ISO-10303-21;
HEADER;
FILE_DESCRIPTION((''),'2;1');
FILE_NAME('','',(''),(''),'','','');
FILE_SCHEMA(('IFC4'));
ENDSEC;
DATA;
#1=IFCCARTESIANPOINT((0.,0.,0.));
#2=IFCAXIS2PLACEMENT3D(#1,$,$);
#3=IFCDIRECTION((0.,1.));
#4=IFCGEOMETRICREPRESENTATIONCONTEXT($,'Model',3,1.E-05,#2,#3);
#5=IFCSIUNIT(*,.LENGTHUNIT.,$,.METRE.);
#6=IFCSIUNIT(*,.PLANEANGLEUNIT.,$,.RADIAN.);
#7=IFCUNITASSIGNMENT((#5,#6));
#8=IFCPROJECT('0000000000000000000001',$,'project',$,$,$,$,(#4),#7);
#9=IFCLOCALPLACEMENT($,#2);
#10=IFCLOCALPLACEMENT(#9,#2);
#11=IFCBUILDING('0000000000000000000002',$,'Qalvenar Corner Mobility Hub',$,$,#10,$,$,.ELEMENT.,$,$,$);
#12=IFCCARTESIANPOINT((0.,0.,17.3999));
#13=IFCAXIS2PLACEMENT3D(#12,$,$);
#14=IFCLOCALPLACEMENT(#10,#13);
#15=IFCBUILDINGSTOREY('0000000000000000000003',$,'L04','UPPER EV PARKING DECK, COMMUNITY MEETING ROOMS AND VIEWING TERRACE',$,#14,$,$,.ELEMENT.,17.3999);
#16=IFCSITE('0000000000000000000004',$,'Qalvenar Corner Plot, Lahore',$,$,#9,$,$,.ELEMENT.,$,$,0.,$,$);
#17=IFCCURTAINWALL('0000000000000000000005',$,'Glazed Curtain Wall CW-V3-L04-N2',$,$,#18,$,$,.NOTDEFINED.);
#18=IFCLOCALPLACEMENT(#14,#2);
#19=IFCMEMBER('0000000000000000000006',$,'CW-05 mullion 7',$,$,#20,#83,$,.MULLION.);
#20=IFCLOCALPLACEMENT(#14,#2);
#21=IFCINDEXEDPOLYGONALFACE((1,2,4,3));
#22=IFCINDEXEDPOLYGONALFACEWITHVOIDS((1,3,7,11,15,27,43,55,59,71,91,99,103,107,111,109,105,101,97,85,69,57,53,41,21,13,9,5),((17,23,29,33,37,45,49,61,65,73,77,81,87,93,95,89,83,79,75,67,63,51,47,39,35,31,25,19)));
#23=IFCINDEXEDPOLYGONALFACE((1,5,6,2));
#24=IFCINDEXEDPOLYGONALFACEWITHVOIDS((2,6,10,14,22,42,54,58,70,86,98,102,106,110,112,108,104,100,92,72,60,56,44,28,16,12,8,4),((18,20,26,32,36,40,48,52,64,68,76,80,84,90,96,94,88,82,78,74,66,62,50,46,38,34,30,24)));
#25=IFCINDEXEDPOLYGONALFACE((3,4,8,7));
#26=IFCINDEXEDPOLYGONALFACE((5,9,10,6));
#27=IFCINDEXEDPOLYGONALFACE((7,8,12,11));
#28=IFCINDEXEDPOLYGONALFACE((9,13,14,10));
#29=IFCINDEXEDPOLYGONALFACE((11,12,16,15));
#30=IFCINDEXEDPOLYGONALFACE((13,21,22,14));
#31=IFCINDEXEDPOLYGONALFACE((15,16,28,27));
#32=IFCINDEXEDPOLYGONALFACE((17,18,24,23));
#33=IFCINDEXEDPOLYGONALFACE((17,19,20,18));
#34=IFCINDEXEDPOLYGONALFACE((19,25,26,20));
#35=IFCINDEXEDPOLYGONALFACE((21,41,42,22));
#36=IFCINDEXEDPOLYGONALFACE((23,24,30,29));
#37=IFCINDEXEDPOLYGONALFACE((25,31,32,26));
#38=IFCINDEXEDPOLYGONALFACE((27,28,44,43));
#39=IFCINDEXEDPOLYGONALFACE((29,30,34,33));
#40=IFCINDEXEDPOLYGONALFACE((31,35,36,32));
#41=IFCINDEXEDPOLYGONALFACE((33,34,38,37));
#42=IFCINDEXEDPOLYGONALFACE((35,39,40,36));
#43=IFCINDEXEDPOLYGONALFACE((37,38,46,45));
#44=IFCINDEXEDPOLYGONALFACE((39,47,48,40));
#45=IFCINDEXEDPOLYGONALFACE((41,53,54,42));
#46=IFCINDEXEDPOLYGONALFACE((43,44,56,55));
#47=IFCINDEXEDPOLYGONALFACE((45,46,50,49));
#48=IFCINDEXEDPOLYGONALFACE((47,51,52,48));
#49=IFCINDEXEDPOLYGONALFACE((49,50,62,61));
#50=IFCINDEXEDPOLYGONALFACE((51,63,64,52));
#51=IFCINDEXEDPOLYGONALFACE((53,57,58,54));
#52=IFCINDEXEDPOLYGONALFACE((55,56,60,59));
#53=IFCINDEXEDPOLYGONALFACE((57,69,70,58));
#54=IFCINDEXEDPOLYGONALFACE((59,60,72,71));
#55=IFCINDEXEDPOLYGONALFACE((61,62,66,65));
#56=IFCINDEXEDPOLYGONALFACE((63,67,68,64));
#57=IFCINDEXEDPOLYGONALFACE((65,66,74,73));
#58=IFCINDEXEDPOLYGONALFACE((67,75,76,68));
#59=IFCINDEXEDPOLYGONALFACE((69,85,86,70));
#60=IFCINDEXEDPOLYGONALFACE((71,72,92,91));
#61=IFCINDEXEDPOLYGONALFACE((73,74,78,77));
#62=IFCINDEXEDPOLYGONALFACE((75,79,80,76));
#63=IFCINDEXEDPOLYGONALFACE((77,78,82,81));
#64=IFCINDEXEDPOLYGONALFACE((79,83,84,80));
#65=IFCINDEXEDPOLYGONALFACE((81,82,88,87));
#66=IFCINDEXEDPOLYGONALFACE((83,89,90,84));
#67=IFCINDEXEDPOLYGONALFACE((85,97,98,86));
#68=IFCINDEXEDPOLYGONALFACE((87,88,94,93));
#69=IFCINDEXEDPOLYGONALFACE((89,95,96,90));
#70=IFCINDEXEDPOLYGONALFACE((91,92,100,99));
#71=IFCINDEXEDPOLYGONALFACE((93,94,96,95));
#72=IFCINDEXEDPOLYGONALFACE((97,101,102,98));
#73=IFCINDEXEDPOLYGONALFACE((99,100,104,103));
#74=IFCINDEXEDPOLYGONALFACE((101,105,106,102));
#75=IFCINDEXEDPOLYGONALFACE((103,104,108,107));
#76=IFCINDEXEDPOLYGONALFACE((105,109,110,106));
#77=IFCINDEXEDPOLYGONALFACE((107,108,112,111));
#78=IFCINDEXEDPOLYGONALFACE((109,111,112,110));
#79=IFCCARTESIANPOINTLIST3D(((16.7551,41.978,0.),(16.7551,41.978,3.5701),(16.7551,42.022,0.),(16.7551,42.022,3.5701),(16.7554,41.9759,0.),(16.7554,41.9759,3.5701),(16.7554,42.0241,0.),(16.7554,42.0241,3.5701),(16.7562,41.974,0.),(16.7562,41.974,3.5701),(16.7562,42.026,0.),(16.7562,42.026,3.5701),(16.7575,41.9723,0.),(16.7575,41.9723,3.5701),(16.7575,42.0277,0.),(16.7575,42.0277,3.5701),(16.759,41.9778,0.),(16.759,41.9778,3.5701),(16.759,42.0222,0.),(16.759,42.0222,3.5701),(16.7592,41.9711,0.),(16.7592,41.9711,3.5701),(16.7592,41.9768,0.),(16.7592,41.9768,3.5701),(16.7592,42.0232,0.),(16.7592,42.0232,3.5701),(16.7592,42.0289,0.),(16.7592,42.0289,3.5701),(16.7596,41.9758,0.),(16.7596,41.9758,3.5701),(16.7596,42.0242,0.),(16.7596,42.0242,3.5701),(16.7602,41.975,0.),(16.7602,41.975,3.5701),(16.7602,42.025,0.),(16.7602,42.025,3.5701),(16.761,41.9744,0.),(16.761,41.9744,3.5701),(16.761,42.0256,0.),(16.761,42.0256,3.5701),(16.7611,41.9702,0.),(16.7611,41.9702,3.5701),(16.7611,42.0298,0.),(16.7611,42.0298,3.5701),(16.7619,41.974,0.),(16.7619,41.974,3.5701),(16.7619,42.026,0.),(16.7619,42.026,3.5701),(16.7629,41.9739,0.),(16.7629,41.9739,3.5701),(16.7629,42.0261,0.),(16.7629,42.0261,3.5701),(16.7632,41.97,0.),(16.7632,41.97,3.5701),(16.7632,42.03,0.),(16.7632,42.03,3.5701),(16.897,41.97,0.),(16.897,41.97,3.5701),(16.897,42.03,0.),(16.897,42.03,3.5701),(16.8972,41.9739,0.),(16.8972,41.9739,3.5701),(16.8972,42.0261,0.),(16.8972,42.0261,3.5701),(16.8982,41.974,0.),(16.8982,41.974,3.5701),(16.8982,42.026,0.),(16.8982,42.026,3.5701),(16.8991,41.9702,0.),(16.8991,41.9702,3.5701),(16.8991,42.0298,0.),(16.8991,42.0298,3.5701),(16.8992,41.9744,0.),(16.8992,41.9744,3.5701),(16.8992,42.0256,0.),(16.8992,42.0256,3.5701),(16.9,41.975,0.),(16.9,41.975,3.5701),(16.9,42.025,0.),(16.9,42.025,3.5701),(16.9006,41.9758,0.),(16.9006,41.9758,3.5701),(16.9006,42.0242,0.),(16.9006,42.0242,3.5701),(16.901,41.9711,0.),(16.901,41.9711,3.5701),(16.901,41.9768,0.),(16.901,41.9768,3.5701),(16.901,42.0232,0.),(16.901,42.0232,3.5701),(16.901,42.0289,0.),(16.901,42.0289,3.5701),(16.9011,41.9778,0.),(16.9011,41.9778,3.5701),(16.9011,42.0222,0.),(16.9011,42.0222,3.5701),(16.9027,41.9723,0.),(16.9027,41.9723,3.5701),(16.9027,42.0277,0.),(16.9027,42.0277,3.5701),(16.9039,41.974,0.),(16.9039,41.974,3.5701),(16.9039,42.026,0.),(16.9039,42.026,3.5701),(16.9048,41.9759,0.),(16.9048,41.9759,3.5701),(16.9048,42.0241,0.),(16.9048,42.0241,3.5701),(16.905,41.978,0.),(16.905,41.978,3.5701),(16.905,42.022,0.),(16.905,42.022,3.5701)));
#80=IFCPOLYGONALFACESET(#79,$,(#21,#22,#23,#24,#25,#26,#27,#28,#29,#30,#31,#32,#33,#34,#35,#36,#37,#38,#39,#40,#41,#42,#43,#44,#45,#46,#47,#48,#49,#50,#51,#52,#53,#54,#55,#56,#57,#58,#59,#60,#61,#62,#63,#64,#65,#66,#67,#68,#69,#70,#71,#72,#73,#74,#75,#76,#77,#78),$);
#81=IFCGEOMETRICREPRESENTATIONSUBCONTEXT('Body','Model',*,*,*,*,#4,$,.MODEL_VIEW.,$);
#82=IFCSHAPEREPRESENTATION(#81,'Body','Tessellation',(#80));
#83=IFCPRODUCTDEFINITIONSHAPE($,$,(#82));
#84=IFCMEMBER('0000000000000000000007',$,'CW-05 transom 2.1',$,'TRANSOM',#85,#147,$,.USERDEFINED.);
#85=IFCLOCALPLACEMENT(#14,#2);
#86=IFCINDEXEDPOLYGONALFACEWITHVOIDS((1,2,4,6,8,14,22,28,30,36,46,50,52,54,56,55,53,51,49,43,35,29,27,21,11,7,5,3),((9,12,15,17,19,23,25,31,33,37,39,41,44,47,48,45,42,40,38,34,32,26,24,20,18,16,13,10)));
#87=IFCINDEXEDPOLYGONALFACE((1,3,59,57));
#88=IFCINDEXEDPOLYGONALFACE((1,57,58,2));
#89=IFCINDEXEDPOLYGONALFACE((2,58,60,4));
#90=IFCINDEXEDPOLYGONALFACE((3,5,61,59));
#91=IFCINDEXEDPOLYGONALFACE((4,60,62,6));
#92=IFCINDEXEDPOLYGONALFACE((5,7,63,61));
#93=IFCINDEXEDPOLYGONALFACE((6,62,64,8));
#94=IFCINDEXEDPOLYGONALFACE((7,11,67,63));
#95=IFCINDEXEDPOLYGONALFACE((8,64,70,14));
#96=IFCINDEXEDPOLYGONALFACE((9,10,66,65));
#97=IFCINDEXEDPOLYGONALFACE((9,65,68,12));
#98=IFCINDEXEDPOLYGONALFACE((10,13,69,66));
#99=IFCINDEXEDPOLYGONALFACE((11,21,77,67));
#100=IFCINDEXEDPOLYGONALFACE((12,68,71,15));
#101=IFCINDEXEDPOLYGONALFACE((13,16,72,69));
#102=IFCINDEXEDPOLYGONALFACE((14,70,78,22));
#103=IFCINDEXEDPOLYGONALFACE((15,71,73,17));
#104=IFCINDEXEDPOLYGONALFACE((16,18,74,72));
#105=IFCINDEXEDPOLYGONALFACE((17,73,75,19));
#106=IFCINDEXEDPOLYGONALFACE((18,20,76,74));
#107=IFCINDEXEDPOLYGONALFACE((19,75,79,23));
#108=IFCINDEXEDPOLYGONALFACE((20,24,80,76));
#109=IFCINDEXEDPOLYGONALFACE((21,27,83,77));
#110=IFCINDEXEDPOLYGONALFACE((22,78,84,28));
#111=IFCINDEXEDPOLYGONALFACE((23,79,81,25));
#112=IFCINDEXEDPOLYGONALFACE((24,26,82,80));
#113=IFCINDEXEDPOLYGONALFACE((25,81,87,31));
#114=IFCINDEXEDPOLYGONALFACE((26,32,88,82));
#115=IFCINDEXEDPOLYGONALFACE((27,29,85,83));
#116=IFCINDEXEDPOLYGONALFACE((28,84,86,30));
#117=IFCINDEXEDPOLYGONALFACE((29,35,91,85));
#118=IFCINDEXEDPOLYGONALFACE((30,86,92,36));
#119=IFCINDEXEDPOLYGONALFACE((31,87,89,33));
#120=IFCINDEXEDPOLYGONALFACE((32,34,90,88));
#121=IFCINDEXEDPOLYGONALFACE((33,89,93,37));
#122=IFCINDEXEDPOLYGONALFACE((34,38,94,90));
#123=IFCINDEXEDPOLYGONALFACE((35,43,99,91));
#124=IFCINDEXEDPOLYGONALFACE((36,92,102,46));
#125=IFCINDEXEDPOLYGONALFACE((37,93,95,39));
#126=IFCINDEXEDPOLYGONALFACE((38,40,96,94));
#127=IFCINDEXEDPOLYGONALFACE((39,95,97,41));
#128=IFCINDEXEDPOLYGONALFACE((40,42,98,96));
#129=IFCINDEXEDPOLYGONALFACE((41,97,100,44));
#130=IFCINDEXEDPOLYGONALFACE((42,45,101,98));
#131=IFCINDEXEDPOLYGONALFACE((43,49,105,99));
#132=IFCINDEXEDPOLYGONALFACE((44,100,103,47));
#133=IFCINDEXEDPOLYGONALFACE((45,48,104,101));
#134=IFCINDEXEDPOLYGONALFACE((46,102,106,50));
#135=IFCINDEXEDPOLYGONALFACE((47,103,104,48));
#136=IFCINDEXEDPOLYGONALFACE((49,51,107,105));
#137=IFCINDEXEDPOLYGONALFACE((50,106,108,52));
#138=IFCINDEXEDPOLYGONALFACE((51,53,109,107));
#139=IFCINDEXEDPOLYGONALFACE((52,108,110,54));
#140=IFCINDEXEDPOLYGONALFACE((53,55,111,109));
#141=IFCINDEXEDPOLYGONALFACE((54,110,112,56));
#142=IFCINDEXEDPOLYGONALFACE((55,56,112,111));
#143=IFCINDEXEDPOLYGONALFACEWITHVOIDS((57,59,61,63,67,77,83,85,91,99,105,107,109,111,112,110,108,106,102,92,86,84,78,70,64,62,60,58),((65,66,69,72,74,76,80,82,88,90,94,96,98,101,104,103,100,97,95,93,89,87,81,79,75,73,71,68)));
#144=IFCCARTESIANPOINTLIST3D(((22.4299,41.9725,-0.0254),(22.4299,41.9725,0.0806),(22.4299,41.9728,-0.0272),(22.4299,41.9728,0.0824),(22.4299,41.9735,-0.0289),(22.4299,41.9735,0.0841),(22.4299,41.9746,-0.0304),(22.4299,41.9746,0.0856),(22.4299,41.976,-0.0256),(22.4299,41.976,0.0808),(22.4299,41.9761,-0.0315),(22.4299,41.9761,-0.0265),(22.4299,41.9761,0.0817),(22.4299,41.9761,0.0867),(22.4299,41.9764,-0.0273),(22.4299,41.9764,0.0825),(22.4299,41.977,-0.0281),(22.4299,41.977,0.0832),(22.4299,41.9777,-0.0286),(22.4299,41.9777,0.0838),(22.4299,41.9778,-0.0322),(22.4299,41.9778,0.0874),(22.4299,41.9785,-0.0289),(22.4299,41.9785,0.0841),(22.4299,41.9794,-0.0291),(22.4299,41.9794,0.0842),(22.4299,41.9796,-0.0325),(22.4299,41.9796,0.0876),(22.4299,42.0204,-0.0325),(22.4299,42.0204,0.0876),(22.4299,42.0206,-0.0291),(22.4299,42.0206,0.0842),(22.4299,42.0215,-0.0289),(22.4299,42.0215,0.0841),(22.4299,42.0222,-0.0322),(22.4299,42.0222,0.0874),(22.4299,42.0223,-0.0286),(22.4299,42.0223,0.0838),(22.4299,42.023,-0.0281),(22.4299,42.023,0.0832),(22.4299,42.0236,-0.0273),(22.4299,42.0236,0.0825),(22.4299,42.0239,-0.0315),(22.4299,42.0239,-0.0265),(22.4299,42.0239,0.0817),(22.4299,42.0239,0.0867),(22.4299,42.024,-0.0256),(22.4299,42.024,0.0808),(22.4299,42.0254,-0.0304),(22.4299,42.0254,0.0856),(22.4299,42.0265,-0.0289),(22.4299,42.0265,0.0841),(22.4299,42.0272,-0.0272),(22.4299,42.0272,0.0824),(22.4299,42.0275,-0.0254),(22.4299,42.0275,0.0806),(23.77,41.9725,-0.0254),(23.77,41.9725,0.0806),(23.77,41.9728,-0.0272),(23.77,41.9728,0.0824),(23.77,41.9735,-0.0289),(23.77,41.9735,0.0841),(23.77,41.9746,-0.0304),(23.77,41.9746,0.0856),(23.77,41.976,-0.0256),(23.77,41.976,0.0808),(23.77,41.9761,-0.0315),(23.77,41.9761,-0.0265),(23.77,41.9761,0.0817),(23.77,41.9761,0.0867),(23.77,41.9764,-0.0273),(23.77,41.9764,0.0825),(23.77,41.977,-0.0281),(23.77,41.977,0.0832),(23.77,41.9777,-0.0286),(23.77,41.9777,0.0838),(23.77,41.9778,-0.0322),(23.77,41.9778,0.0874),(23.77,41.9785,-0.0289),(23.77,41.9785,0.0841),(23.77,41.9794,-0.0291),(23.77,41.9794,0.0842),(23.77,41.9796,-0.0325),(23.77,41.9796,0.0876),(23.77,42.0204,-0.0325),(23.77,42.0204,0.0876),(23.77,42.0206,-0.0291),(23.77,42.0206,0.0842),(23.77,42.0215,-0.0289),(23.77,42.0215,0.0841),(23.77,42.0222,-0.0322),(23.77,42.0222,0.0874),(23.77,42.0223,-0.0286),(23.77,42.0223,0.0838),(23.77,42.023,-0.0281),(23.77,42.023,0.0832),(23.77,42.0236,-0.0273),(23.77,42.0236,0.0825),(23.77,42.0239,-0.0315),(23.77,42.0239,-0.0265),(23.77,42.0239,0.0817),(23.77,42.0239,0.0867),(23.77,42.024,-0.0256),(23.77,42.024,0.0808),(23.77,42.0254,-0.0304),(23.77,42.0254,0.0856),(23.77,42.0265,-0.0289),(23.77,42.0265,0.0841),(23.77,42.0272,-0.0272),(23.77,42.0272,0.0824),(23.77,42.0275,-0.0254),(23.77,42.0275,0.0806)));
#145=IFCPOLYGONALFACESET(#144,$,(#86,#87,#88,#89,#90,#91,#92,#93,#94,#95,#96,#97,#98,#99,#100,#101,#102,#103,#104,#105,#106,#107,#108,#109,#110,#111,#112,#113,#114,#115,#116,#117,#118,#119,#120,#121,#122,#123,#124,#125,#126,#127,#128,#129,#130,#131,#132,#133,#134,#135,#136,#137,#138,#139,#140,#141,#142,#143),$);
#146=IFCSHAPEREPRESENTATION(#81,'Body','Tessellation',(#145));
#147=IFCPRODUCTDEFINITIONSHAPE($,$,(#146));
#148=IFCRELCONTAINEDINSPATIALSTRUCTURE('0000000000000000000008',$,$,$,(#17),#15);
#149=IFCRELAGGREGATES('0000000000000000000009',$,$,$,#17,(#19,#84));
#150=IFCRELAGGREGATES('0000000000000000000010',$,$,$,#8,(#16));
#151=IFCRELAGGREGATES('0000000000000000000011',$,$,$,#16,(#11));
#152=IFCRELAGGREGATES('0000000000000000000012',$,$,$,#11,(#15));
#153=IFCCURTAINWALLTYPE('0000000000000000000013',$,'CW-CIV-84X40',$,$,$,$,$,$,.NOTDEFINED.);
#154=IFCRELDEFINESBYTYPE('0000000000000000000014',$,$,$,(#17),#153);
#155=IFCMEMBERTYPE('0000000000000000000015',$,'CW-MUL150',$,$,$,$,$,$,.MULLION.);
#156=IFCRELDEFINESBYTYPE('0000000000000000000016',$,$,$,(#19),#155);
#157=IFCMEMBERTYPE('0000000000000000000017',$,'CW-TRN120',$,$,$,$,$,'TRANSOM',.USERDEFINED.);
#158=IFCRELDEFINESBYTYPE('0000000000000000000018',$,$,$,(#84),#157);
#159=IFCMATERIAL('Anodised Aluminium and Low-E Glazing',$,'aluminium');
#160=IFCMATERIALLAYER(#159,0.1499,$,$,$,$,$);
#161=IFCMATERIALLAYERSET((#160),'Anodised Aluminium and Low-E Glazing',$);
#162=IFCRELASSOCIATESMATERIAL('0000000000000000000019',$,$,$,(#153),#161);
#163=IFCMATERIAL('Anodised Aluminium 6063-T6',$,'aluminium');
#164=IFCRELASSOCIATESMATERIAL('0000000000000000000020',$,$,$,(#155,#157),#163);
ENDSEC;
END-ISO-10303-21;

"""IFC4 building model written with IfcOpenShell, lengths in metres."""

from ifc_helpers import new_model, si_unit, direction, frame, origin, origin_2d, place, context, subcontext, project, spatial, hollow_rectangle, extrude, material, layer, layer_set, material_profile, profile_set, type_object, element, aggregate, save


model = new_model("IFC4")

# Units and contexts
model_context = context("Model", 3, precision=1e-05, world=origin(), true_north=direction((0.0, 1.0)))
body_context = subcontext(model_context, "Body", "Model", "MODEL_VIEW")
ifc_project = project(units=[si_unit("LENGTHUNIT", "METRE"), si_unit("PLANEANGLEUNIT", "RADIAN")], contexts=[model_context])

# Site, building, storey
site_placement = place(None, origin())
site = spatial("IfcSite", under=ifc_project, at=site_placement, Name="Qalvenar Corner Plot, Lahore", CompositionType="ELEMENT", RefElevation=0.0)
building_placement = place(site_placement, origin())
building = spatial("IfcBuilding", under=site, at=building_placement, Name="Qalvenar Corner Mobility Hub", CompositionType="ELEMENT")
storey_placement = place(building_placement, frame((0.0, 0.0, 17.3999)))
storey = spatial("IfcBuildingStorey", under=building, at=storey_placement, Name="L04", Description="UPPER EV PARKING DECK, COMMUNITY MEETING ROOMS AND VIEWING TERRACE", CompositionType="ELEMENT", Elevation=17.3999)

# Curtain wall, members
ifc_material_1 = material(Name="Anodised Aluminium and Low-E Glazing", Category="aluminium")
ifc_layer_1 = layer(ifc_material_1, 0.1499)
ifc_layer_set_1 = layer_set([ifc_layer_1], Name="Anodised Aluminium and Low-E Glazing")
curtain_wall_type = type_object("IfcCurtainWallType", Name="CW-CIV-84X40", PredefinedType="NOTDEFINED", material=ifc_layer_set_1)
curtain_wall_placement = place(storey_placement, origin())
curtain_wall = element("IfcCurtainWall", 1, at=curtain_wall_placement, inside=storey, type_object=curtain_wall_type, Name="Glazed Curtain Wall CW-V3-L04-N2", PredefinedType="NOTDEFINED")
ifc_material_2 = material(Name="Anodised Aluminium 6063-T6", Category="aluminium")
ifc_material_profile_1 = material_profile(ifc_material_2, hollow_rectangle(XDim=0.0601, YDim=0.1499, WallThickness=0.0039, InnerFilletRadius=0.0039, OuterFilletRadius=0.0081, at=origin_2d()), Name="RHS150x60x4")
ifc_profile_set_1 = profile_set([ifc_material_profile_1], Name="Anodised Aluminium 6063-T6")
member_type_1 = type_object("IfcMemberType", Name="CW-MUL150", PredefinedType="MULLION", material=ifc_profile_set_1)
member_1_placement = place(storey_placement, frame((16.8301, 42.0, 0.0), z_axis=(0.0, 0.0, 1.0), x_axis=(0.0, -1.0, 0.0)))
member_1 = element("IfcMember", 2, at=member_1_placement, type_object=member_type_1, Name="CW-05 mullion 7", PredefinedType="MULLION", context=body_context, shape_type="SweptSolid", body=[
    extrude(hollow_rectangle(XDim=0.0601, YDim=0.1499, WallThickness=0.0039, InnerFilletRadius=0.0039, OuterFilletRadius=0.0081, at=origin_2d()), origin(), (0.0, 0.0, 1.0), 3.5701),
])
ifc_material_profile_2 = material_profile(ifc_material_2, hollow_rectangle(XDim=0.0549, YDim=0.1201, WallThickness=0.0034, InnerFilletRadius=0.0034, OuterFilletRadius=0.0071, at=origin_2d()), Name="RHS120x55x3.5")
ifc_profile_set_2 = profile_set([ifc_material_profile_2], Name="Anodised Aluminium 6063-T6")
member_type_2 = type_object("IfcMemberType", Name="CW-TRN120", ElementType="TRANSOM", PredefinedType="USERDEFINED", material=ifc_profile_set_2)
member_2_placement = place(storey_placement, frame((23.77, 42.0, 0.0276), z_axis=(-1.0, 0.0, 0.0), x_axis=(0.0, -1.0, 0.0)))
member_2 = element("IfcMember", 3, at=member_2_placement, type_object=member_type_2, Name="CW-05 transom 2.1", ObjectType="TRANSOM", PredefinedType="USERDEFINED", context=body_context, shape_type="SweptSolid", body=[
    extrude(hollow_rectangle(XDim=0.0549, YDim=0.1201, WallThickness=0.0034, InnerFilletRadius=0.0034, OuterFilletRadius=0.0071, at=origin_2d()), origin(), (0.0, 0.0, 1.0), 1.3401),
])
aggregate(curtain_wall, [member_1, member_2])

save(model, "model.ifc")
